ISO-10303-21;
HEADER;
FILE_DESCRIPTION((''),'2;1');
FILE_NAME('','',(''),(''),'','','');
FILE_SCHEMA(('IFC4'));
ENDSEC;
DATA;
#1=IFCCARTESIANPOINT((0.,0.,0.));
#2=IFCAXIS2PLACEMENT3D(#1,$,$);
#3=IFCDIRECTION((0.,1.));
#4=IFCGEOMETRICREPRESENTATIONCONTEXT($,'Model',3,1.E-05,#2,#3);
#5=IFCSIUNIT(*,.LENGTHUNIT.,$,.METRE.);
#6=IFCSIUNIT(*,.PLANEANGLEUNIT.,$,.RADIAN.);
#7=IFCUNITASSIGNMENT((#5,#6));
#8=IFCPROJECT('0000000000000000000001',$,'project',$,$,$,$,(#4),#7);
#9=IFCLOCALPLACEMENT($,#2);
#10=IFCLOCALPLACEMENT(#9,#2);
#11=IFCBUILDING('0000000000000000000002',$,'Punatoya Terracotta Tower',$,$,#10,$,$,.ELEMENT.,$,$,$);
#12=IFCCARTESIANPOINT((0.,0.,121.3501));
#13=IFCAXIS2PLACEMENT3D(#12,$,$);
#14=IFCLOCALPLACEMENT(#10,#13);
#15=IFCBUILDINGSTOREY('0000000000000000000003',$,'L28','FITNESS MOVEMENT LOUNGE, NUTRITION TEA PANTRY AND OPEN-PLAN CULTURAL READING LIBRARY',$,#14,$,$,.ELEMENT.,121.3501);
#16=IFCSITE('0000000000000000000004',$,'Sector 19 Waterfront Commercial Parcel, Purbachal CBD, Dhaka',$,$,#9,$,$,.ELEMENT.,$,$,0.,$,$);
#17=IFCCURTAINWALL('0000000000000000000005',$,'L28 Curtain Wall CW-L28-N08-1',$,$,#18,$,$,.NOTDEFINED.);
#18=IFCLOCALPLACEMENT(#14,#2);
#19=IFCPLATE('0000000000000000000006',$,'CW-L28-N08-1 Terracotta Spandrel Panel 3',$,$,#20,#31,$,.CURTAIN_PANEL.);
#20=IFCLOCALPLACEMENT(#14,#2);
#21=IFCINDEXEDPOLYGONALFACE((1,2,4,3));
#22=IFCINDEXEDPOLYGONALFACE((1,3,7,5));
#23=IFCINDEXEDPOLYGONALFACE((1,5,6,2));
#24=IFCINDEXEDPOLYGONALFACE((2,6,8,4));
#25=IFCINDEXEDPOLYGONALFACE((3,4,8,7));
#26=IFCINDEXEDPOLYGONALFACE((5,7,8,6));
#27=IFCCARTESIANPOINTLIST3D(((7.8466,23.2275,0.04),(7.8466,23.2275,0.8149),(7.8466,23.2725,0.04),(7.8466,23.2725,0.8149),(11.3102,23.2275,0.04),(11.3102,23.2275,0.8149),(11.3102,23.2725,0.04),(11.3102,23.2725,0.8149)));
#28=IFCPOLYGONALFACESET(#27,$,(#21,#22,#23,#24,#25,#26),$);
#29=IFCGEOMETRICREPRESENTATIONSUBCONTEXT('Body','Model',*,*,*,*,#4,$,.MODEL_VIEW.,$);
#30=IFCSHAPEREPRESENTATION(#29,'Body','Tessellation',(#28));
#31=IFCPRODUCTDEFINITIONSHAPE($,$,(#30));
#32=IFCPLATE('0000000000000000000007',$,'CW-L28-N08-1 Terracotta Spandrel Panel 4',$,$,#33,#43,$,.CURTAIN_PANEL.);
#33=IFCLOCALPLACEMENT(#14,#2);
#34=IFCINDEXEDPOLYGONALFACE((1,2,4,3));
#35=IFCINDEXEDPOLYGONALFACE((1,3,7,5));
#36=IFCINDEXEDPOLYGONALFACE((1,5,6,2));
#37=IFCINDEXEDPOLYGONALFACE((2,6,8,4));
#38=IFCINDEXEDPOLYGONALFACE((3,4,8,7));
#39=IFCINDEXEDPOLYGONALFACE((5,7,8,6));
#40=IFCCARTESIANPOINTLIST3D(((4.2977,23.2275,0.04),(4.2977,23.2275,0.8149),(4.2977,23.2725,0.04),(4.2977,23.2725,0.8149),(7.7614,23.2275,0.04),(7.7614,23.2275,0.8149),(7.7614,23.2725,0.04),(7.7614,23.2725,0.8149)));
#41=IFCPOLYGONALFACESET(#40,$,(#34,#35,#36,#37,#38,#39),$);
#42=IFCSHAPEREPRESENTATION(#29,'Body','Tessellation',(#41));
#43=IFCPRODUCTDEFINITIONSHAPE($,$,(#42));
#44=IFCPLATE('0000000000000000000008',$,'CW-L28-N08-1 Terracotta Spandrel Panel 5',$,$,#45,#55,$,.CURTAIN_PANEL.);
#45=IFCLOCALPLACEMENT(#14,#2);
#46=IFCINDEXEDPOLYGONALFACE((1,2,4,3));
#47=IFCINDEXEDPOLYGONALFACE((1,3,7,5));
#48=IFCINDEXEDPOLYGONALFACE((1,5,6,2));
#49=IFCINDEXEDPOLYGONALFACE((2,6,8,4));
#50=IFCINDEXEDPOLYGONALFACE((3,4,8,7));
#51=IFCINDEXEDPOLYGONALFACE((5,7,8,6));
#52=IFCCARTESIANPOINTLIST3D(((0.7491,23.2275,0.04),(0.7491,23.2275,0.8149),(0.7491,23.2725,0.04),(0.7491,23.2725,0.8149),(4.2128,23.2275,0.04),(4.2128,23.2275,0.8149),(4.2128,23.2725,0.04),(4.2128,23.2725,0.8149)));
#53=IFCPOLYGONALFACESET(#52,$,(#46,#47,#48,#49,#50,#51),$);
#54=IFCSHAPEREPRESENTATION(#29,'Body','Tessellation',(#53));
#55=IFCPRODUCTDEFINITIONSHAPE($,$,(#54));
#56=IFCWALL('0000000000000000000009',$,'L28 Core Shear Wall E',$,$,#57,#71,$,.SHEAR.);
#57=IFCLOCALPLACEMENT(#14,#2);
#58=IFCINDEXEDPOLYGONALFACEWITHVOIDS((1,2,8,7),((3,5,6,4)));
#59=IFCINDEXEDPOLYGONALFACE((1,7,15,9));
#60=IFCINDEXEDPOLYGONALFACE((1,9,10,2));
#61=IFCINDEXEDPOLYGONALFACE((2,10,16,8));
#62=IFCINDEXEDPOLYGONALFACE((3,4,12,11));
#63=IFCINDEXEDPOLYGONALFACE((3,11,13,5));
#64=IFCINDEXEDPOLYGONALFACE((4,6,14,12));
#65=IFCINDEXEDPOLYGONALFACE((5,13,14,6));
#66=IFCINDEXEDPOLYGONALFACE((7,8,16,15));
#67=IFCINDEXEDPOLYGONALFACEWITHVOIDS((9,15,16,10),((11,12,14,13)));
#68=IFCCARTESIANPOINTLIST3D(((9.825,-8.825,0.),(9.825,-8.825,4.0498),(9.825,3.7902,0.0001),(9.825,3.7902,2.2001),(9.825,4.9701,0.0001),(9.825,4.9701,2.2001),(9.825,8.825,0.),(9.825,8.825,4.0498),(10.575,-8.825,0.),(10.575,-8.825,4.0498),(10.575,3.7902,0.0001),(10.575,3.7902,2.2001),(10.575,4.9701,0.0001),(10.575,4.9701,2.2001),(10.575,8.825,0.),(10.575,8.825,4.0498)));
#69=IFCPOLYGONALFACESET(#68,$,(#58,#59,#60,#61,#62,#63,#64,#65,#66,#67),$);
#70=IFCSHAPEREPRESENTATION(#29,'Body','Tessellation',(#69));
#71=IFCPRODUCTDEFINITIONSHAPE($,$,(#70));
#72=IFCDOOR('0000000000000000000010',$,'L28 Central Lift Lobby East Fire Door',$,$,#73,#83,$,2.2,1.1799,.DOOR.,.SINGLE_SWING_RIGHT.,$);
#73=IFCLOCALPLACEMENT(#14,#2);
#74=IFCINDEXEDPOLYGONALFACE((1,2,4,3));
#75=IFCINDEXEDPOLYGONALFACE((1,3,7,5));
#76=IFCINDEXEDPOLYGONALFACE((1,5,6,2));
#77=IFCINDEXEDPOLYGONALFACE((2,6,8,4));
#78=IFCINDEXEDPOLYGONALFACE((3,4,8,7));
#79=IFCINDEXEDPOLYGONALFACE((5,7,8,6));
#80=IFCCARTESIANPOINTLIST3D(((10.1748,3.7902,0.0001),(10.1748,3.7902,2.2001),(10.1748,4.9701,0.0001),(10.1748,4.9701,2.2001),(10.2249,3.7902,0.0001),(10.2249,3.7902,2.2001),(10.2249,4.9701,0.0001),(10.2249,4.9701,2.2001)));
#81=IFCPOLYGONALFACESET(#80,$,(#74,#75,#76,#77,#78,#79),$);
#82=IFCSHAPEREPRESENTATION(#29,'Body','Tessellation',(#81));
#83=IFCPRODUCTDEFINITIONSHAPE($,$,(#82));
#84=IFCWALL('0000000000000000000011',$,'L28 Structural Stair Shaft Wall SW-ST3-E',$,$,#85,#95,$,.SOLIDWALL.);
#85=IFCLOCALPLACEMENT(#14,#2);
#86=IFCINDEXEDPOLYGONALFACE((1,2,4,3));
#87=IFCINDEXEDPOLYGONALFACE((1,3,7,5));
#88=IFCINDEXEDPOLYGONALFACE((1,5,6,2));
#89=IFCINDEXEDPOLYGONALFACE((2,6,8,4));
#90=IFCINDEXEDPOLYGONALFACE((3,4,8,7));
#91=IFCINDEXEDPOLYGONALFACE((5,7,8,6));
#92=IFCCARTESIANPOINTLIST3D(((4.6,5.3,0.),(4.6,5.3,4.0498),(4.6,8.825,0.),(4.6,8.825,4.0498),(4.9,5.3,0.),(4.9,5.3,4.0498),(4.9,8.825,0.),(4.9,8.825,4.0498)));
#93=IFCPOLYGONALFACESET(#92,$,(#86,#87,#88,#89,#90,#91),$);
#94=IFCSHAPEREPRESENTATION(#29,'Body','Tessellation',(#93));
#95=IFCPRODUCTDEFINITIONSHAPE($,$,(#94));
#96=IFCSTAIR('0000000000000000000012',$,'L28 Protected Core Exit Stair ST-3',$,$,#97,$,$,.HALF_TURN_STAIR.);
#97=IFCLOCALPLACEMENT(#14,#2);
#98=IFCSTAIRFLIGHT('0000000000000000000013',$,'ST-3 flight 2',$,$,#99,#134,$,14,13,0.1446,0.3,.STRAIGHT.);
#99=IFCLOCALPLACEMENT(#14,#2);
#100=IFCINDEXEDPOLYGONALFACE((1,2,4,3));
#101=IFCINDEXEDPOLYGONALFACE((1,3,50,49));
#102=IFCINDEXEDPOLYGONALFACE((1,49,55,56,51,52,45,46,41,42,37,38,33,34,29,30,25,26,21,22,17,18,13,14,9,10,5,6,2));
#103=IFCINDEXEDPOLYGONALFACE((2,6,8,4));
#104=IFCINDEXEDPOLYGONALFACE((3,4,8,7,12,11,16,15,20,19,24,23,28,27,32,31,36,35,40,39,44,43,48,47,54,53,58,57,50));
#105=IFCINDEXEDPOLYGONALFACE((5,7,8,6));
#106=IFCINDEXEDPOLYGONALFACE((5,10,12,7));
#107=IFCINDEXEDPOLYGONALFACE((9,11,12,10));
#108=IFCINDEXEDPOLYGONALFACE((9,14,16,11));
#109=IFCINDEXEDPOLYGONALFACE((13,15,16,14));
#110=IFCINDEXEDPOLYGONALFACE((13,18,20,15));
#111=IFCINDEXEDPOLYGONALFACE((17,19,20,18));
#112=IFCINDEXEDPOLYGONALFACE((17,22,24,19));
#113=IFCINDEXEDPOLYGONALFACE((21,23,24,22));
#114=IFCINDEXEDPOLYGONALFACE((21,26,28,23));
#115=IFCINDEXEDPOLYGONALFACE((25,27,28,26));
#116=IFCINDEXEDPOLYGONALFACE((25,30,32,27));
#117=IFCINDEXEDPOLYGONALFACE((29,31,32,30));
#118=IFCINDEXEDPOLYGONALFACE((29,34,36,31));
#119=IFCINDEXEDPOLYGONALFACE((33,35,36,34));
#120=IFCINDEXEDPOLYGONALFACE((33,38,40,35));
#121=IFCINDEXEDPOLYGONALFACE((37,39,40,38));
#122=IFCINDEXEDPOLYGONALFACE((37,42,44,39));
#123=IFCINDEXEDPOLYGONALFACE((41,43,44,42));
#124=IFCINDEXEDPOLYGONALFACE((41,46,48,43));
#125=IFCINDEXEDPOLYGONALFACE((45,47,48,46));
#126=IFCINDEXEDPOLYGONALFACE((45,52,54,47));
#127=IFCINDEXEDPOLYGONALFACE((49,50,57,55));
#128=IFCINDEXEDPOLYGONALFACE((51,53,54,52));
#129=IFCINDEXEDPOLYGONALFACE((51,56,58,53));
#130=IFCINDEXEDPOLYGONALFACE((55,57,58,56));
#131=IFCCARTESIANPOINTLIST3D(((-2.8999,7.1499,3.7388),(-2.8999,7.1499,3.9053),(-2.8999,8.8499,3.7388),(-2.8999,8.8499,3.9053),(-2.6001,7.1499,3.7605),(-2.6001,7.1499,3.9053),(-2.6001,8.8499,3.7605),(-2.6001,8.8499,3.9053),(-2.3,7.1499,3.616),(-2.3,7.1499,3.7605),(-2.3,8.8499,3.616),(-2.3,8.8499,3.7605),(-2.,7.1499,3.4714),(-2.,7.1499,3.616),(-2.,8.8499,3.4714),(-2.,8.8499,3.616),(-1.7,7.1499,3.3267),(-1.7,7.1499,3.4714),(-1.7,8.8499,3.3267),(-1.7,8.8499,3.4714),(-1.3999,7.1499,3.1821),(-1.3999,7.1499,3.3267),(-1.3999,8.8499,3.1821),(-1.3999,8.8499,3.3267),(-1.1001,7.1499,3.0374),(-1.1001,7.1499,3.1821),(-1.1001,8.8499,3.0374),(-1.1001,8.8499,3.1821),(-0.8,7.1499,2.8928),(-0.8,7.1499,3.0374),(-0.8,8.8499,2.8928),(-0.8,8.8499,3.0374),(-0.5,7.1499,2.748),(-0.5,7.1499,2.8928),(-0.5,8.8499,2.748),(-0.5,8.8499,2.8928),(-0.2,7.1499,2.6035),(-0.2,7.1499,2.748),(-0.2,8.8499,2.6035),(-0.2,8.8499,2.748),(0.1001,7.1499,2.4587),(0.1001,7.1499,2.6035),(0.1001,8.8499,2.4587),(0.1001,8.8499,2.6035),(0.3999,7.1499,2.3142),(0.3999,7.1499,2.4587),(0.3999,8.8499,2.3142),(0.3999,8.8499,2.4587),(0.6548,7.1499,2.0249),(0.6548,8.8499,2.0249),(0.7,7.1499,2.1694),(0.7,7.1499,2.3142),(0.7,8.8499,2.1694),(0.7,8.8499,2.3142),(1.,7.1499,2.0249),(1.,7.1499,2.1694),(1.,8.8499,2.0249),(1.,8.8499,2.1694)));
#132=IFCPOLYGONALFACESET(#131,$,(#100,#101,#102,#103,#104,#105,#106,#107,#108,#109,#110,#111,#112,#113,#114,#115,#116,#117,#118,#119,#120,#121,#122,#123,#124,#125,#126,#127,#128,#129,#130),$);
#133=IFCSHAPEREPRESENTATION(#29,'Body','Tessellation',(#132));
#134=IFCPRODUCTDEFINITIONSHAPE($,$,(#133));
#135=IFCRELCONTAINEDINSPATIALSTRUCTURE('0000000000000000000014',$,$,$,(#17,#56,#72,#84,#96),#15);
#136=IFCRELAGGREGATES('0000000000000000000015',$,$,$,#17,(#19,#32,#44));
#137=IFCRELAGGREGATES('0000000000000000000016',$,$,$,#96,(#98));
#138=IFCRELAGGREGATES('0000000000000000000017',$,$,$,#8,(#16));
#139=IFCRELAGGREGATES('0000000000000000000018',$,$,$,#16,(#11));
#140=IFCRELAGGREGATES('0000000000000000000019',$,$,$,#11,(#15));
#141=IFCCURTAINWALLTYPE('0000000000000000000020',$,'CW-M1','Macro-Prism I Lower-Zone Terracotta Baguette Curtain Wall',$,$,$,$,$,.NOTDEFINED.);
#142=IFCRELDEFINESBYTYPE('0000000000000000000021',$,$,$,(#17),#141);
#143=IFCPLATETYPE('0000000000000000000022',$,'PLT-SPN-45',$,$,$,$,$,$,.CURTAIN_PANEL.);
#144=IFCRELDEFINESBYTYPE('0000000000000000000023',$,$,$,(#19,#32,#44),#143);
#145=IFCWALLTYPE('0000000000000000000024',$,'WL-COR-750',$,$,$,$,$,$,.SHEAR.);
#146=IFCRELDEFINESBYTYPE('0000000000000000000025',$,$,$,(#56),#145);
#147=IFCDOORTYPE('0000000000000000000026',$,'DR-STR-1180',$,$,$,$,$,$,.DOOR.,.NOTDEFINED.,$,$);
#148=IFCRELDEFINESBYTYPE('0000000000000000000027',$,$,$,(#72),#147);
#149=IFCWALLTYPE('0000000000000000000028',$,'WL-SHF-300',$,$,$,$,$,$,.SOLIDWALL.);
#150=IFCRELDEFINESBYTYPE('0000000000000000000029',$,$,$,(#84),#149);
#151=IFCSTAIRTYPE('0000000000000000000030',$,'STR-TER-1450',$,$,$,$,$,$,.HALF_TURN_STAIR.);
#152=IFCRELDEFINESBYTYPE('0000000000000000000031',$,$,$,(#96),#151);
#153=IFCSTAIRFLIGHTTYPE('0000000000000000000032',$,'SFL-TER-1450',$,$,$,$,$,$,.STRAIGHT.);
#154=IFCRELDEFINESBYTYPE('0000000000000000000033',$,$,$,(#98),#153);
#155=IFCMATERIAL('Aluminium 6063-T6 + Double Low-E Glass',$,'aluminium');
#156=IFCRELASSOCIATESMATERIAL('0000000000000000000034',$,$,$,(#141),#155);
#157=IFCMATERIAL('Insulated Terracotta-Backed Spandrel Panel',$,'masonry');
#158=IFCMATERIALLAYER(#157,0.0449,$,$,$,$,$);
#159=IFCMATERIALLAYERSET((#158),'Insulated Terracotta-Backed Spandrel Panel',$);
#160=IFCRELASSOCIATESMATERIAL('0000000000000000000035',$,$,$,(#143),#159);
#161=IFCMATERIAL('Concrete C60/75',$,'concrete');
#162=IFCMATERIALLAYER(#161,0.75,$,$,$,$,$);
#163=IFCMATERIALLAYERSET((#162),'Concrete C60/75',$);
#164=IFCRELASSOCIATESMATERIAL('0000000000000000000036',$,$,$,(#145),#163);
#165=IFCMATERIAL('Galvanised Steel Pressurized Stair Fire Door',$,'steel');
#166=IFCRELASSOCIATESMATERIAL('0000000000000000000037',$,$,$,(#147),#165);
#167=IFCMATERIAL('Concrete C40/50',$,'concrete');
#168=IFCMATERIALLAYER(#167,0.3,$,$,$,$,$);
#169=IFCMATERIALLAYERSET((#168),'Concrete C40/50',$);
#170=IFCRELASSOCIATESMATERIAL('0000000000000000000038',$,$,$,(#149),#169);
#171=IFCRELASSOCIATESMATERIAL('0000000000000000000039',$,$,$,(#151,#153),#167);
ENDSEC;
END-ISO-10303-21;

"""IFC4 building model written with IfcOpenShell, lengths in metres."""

from ifc_helpers import new_model, si_unit, direction, frame, frame_2d, origin, origin_2d, place, context, subcontext, project, spatial, polyline, rectangle, outline, extrude, material, layer, layer_set, type_object, element, fill, aggregate, save


model = new_model("IFC4")

# Units and contexts
model_context = context("Model", 3, precision=1e-05, world=origin(), true_north=direction((0.0, 1.0)))
body_context = subcontext(model_context, "Body", "Model", "MODEL_VIEW")
ifc_project = project(units=[si_unit("LENGTHUNIT", "METRE"), si_unit("PLANEANGLEUNIT", "RADIAN")], contexts=[model_context])

# Site, building, storey
site_placement = place(None, origin())
site = spatial("IfcSite", under=ifc_project, at=site_placement, Name="Sector 19 Waterfront Commercial Parcel, Purbachal CBD, Dhaka", CompositionType="ELEMENT", RefElevation=0.0)
building_placement = place(site_placement, origin())
building = spatial("IfcBuilding", under=site, at=building_placement, Name="Punatoya Terracotta Tower", CompositionType="ELEMENT")
storey_placement = place(building_placement, frame((0.0, 0.0, 121.3501)))
storey = spatial("IfcBuildingStorey", under=building, at=storey_placement, Name="L28", Description="FITNESS MOVEMENT LOUNGE, NUTRITION TEA PANTRY AND OPEN-PLAN CULTURAL READING LIBRARY", CompositionType="ELEMENT", Elevation=121.3501)

# Curtain wall, plates
ifc_material_1 = material(Name="Aluminium 6063-T6 + Double Low-E Glass", Category="aluminium")
curtain_wall_type = type_object("IfcCurtainWallType", Name="CW-M1", Description="Macro-Prism I Lower-Zone Terracotta Baguette Curtain Wall", PredefinedType="NOTDEFINED", material=ifc_material_1)
curtain_wall_placement = place(storey_placement, origin())
curtain_wall = element("IfcCurtainWall", 1, at=curtain_wall_placement, inside=storey, type_object=curtain_wall_type, Name="L28 Curtain Wall CW-L28-N08-1", PredefinedType="NOTDEFINED")
ifc_material_2 = material(Name="Insulated Terracotta-Backed Spandrel Panel", Category="masonry")
ifc_layer_1 = layer(ifc_material_2, 0.0449)
ifc_layer_set_1 = layer_set([ifc_layer_1], Name="Insulated Terracotta-Backed Spandrel Panel")
plate_type_1 = type_object("IfcPlateType", Name="PLT-SPN-45", PredefinedType="CURTAIN_PANEL", material=ifc_layer_set_1)
plate_1_placement = place(storey_placement, frame((9.5784, 23.25, 0.04), z_axis=(0.0, 0.0, 1.0), x_axis=(-1.0, 0.0, 0.0)))
plate_1 = element("IfcPlate", 2, at=plate_1_placement, type_object=plate_type_1, Name="CW-L28-N08-1 Terracotta Spandrel Panel 3", PredefinedType="CURTAIN_PANEL", context=body_context, shape_type="SweptSolid", body=[
    extrude(rectangle(XDim=3.4636, YDim=0.0449, at=origin_2d()), origin(), (0.0, 0.0, 1.0), 0.7749),
])
plate_2_placement = place(storey_placement, frame((6.0295, 23.25, 0.04), z_axis=(0.0, 0.0, 1.0), x_axis=(-1.0, 0.0, 0.0)))
plate_2 = element("IfcPlate", 3, at=plate_2_placement, type_object=plate_type_1, Name="CW-L28-N08-1 Terracotta Spandrel Panel 4", PredefinedType="CURTAIN_PANEL", context=body_context, shape_type="SweptSolid", body=[
    extrude(rectangle(XDim=3.4636, YDim=0.0449, at=origin_2d()), origin(), (0.0, 0.0, 1.0), 0.7749),
])
plate_3_placement = place(storey_placement, frame((2.481, 23.25, 0.04), z_axis=(0.0, 0.0, 1.0), x_axis=(-1.0, 0.0, 0.0)))
plate_3 = element("IfcPlate", 4, at=plate_3_placement, type_object=plate_type_1, Name="CW-L28-N08-1 Terracotta Spandrel Panel 5", PredefinedType="CURTAIN_PANEL", context=body_context, shape_type="SweptSolid", body=[
    extrude(rectangle(XDim=3.4636, YDim=0.0449, at=origin_2d()), origin(), (0.0, 0.0, 1.0), 0.7749),
])
aggregate(curtain_wall, [plate_1, plate_2, plate_3])

# Wall, opening, door
ifc_material_3 = material(Name="Concrete C60/75", Category="concrete")
ifc_layer_2 = layer(ifc_material_3, 0.75)
ifc_layer_set_2 = layer_set([ifc_layer_2], Name="Concrete C60/75")
wall_type_1 = type_object("IfcWallType", Name="WL-COR-750", PredefinedType="SHEAR", material=ifc_layer_set_2)
wall_1_placement = place(storey_placement, frame((10.2, 8.825, 0.0), z_axis=(0.0, 0.0, 1.0), x_axis=(0.0, -1.0, 0.0)))
wall_1 = element("IfcWall", 5, at=wall_1_placement, inside=storey, type_object=wall_type_1, Name="L28 Core Shear Wall E", PredefinedType="SHEAR", context=body_context, shape_type="SweptSolid", body=[
    extrude(rectangle(XDim=17.6499, YDim=0.75, at=frame_2d((8.825, 0.0))), origin(), (0.0, 0.0, 1.0), 4.0498),
])
opening_placement = place(wall_1_placement, frame((3.855, 0.0, 0.0)))
opening = element("IfcOpeningElement", 6, at=opening_placement, cuts=wall_1, PredefinedType="OPENING", context=body_context, shape_type="SweptSolid", body=[
    extrude(rectangle(XDim=1.1799, YDim=2.2, at=frame_2d((0.5898, 1.1001))), frame((0.0, 0.385, 0.0), z_axis=(0.0, -1.0, 0.0), x_axis=(1.0, 0.0, 0.0)), (0.0, 0.0, 1.0), 0.77),
])
ifc_material_4 = material(Name="Galvanised Steel Pressurized Stair Fire Door", Category="steel")
door_type = type_object("IfcDoorType", Name="DR-STR-1180", OperationType="NOTDEFINED", PredefinedType="DOOR", material=ifc_material_4)
door_placement = place(opening_placement, origin())
door = element("IfcDoor", 7, at=door_placement, inside=storey, type_object=door_type, Name="L28 Central Lift Lobby East Fire Door", OperationType="SINGLE_SWING_RIGHT", OverallHeight=2.2, OverallWidth=1.1799, PredefinedType="DOOR", context=body_context, shape_type="SweptSolid", body=[
    extrude(rectangle(XDim=1.1799, YDim=2.2, at=frame_2d((0.5898, 1.1001))), frame((0.0, 0.0249, 0.0), z_axis=(0.0, -1.0, 0.0), x_axis=(1.0, 0.0, 0.0)), (0.0, 0.0, 1.0), 0.05),
])
fill(opening, door)

# Wall
ifc_material_5 = material(Name="Concrete C40/50", Category="concrete")
ifc_layer_3 = layer(ifc_material_5, 0.3)
ifc_layer_set_3 = layer_set([ifc_layer_3], Name="Concrete C40/50")
wall_type_2 = type_object("IfcWallType", Name="WL-SHF-300", PredefinedType="SOLIDWALL", material=ifc_layer_set_3)
wall_2_placement = place(storey_placement, frame((4.75, 8.825, 0.0), z_axis=(0.0, 0.0, 1.0), x_axis=(0.0, -1.0, 0.0)))
element("IfcWall", 8, at=wall_2_placement, inside=storey, type_object=wall_type_2, Name="L28 Structural Stair Shaft Wall SW-ST3-E", PredefinedType="SOLIDWALL", context=body_context, shape_type="SweptSolid", body=[
    extrude(rectangle(XDim=3.5249, YDim=0.3, at=frame_2d((1.7625, 0.0))), origin(), (0.0, 0.0, 1.0), 4.0498),
])

# Stair, stair flight
stair_type = type_object("IfcStairType", Name="STR-TER-1450", PredefinedType="HALF_TURN_STAIR", material=ifc_material_5)
stair_placement = place(storey_placement, origin())
stair = element("IfcStair", 9, at=stair_placement, inside=storey, type_object=stair_type, Name="L28 Protected Core Exit Stair ST-3", PredefinedType="HALF_TURN_STAIR")
stair_flight_type = type_object("IfcStairFlightType", Name="SFL-TER-1450", PredefinedType="STRAIGHT", material=ifc_material_5)
stair_flight_placement = place(storey_placement, frame((1.0, 8.0, 2.0249), z_axis=(0.0, 0.0, 1.0), x_axis=(-1.0, 0.0, 0.0)))
stair_flight = element("IfcStairFlight", 10, at=stair_flight_placement, type_object=stair_flight_type, Name="ST-3 flight 2", NumberOfRisers=14, NumberOfTreads=13, PredefinedType="STRAIGHT", RiserHeight=0.1446, TreadLength=0.3, context=body_context, shape_type="SweptSolid", body=[
    extrude(outline(polyline([(0.0, 0.0), (0.0, 0.1445), (0.3, 0.1445), (0.3, 0.2893), (0.6001, 0.2893), (0.6001, 0.4338), (0.8999, 0.4338), (0.8999, 0.5786), (1.2, 0.5786), (1.2, 0.7231), (1.5, 0.7231), (1.5, 0.8679), (1.8, 0.8679), (1.8, 1.0125), (2.1001, 1.0125), (2.1001, 1.1572), (2.3999, 1.1572), (2.3999, 1.3018), (2.7, 1.3018), (2.7, 1.4465), (3.0, 1.4465), (3.0, 1.5911), (3.3, 1.5911), (3.3, 1.7356), (3.6001, 1.7356), (3.6001, 1.8804), (3.8999, 1.8804), (3.8999, 2.0249), (3.8999, 1.7139), (0.3452, 0.0), (0.0, 0.0)])), frame((0.0, 0.8501, 0.0), z_axis=(0.0, -1.0, 0.0), x_axis=(1.0, 0.0, 0.0)), (0.0, 0.0, 1.0), 1.7),
])
aggregate(stair, [stair_flight])

save(model, "model.ifc")
